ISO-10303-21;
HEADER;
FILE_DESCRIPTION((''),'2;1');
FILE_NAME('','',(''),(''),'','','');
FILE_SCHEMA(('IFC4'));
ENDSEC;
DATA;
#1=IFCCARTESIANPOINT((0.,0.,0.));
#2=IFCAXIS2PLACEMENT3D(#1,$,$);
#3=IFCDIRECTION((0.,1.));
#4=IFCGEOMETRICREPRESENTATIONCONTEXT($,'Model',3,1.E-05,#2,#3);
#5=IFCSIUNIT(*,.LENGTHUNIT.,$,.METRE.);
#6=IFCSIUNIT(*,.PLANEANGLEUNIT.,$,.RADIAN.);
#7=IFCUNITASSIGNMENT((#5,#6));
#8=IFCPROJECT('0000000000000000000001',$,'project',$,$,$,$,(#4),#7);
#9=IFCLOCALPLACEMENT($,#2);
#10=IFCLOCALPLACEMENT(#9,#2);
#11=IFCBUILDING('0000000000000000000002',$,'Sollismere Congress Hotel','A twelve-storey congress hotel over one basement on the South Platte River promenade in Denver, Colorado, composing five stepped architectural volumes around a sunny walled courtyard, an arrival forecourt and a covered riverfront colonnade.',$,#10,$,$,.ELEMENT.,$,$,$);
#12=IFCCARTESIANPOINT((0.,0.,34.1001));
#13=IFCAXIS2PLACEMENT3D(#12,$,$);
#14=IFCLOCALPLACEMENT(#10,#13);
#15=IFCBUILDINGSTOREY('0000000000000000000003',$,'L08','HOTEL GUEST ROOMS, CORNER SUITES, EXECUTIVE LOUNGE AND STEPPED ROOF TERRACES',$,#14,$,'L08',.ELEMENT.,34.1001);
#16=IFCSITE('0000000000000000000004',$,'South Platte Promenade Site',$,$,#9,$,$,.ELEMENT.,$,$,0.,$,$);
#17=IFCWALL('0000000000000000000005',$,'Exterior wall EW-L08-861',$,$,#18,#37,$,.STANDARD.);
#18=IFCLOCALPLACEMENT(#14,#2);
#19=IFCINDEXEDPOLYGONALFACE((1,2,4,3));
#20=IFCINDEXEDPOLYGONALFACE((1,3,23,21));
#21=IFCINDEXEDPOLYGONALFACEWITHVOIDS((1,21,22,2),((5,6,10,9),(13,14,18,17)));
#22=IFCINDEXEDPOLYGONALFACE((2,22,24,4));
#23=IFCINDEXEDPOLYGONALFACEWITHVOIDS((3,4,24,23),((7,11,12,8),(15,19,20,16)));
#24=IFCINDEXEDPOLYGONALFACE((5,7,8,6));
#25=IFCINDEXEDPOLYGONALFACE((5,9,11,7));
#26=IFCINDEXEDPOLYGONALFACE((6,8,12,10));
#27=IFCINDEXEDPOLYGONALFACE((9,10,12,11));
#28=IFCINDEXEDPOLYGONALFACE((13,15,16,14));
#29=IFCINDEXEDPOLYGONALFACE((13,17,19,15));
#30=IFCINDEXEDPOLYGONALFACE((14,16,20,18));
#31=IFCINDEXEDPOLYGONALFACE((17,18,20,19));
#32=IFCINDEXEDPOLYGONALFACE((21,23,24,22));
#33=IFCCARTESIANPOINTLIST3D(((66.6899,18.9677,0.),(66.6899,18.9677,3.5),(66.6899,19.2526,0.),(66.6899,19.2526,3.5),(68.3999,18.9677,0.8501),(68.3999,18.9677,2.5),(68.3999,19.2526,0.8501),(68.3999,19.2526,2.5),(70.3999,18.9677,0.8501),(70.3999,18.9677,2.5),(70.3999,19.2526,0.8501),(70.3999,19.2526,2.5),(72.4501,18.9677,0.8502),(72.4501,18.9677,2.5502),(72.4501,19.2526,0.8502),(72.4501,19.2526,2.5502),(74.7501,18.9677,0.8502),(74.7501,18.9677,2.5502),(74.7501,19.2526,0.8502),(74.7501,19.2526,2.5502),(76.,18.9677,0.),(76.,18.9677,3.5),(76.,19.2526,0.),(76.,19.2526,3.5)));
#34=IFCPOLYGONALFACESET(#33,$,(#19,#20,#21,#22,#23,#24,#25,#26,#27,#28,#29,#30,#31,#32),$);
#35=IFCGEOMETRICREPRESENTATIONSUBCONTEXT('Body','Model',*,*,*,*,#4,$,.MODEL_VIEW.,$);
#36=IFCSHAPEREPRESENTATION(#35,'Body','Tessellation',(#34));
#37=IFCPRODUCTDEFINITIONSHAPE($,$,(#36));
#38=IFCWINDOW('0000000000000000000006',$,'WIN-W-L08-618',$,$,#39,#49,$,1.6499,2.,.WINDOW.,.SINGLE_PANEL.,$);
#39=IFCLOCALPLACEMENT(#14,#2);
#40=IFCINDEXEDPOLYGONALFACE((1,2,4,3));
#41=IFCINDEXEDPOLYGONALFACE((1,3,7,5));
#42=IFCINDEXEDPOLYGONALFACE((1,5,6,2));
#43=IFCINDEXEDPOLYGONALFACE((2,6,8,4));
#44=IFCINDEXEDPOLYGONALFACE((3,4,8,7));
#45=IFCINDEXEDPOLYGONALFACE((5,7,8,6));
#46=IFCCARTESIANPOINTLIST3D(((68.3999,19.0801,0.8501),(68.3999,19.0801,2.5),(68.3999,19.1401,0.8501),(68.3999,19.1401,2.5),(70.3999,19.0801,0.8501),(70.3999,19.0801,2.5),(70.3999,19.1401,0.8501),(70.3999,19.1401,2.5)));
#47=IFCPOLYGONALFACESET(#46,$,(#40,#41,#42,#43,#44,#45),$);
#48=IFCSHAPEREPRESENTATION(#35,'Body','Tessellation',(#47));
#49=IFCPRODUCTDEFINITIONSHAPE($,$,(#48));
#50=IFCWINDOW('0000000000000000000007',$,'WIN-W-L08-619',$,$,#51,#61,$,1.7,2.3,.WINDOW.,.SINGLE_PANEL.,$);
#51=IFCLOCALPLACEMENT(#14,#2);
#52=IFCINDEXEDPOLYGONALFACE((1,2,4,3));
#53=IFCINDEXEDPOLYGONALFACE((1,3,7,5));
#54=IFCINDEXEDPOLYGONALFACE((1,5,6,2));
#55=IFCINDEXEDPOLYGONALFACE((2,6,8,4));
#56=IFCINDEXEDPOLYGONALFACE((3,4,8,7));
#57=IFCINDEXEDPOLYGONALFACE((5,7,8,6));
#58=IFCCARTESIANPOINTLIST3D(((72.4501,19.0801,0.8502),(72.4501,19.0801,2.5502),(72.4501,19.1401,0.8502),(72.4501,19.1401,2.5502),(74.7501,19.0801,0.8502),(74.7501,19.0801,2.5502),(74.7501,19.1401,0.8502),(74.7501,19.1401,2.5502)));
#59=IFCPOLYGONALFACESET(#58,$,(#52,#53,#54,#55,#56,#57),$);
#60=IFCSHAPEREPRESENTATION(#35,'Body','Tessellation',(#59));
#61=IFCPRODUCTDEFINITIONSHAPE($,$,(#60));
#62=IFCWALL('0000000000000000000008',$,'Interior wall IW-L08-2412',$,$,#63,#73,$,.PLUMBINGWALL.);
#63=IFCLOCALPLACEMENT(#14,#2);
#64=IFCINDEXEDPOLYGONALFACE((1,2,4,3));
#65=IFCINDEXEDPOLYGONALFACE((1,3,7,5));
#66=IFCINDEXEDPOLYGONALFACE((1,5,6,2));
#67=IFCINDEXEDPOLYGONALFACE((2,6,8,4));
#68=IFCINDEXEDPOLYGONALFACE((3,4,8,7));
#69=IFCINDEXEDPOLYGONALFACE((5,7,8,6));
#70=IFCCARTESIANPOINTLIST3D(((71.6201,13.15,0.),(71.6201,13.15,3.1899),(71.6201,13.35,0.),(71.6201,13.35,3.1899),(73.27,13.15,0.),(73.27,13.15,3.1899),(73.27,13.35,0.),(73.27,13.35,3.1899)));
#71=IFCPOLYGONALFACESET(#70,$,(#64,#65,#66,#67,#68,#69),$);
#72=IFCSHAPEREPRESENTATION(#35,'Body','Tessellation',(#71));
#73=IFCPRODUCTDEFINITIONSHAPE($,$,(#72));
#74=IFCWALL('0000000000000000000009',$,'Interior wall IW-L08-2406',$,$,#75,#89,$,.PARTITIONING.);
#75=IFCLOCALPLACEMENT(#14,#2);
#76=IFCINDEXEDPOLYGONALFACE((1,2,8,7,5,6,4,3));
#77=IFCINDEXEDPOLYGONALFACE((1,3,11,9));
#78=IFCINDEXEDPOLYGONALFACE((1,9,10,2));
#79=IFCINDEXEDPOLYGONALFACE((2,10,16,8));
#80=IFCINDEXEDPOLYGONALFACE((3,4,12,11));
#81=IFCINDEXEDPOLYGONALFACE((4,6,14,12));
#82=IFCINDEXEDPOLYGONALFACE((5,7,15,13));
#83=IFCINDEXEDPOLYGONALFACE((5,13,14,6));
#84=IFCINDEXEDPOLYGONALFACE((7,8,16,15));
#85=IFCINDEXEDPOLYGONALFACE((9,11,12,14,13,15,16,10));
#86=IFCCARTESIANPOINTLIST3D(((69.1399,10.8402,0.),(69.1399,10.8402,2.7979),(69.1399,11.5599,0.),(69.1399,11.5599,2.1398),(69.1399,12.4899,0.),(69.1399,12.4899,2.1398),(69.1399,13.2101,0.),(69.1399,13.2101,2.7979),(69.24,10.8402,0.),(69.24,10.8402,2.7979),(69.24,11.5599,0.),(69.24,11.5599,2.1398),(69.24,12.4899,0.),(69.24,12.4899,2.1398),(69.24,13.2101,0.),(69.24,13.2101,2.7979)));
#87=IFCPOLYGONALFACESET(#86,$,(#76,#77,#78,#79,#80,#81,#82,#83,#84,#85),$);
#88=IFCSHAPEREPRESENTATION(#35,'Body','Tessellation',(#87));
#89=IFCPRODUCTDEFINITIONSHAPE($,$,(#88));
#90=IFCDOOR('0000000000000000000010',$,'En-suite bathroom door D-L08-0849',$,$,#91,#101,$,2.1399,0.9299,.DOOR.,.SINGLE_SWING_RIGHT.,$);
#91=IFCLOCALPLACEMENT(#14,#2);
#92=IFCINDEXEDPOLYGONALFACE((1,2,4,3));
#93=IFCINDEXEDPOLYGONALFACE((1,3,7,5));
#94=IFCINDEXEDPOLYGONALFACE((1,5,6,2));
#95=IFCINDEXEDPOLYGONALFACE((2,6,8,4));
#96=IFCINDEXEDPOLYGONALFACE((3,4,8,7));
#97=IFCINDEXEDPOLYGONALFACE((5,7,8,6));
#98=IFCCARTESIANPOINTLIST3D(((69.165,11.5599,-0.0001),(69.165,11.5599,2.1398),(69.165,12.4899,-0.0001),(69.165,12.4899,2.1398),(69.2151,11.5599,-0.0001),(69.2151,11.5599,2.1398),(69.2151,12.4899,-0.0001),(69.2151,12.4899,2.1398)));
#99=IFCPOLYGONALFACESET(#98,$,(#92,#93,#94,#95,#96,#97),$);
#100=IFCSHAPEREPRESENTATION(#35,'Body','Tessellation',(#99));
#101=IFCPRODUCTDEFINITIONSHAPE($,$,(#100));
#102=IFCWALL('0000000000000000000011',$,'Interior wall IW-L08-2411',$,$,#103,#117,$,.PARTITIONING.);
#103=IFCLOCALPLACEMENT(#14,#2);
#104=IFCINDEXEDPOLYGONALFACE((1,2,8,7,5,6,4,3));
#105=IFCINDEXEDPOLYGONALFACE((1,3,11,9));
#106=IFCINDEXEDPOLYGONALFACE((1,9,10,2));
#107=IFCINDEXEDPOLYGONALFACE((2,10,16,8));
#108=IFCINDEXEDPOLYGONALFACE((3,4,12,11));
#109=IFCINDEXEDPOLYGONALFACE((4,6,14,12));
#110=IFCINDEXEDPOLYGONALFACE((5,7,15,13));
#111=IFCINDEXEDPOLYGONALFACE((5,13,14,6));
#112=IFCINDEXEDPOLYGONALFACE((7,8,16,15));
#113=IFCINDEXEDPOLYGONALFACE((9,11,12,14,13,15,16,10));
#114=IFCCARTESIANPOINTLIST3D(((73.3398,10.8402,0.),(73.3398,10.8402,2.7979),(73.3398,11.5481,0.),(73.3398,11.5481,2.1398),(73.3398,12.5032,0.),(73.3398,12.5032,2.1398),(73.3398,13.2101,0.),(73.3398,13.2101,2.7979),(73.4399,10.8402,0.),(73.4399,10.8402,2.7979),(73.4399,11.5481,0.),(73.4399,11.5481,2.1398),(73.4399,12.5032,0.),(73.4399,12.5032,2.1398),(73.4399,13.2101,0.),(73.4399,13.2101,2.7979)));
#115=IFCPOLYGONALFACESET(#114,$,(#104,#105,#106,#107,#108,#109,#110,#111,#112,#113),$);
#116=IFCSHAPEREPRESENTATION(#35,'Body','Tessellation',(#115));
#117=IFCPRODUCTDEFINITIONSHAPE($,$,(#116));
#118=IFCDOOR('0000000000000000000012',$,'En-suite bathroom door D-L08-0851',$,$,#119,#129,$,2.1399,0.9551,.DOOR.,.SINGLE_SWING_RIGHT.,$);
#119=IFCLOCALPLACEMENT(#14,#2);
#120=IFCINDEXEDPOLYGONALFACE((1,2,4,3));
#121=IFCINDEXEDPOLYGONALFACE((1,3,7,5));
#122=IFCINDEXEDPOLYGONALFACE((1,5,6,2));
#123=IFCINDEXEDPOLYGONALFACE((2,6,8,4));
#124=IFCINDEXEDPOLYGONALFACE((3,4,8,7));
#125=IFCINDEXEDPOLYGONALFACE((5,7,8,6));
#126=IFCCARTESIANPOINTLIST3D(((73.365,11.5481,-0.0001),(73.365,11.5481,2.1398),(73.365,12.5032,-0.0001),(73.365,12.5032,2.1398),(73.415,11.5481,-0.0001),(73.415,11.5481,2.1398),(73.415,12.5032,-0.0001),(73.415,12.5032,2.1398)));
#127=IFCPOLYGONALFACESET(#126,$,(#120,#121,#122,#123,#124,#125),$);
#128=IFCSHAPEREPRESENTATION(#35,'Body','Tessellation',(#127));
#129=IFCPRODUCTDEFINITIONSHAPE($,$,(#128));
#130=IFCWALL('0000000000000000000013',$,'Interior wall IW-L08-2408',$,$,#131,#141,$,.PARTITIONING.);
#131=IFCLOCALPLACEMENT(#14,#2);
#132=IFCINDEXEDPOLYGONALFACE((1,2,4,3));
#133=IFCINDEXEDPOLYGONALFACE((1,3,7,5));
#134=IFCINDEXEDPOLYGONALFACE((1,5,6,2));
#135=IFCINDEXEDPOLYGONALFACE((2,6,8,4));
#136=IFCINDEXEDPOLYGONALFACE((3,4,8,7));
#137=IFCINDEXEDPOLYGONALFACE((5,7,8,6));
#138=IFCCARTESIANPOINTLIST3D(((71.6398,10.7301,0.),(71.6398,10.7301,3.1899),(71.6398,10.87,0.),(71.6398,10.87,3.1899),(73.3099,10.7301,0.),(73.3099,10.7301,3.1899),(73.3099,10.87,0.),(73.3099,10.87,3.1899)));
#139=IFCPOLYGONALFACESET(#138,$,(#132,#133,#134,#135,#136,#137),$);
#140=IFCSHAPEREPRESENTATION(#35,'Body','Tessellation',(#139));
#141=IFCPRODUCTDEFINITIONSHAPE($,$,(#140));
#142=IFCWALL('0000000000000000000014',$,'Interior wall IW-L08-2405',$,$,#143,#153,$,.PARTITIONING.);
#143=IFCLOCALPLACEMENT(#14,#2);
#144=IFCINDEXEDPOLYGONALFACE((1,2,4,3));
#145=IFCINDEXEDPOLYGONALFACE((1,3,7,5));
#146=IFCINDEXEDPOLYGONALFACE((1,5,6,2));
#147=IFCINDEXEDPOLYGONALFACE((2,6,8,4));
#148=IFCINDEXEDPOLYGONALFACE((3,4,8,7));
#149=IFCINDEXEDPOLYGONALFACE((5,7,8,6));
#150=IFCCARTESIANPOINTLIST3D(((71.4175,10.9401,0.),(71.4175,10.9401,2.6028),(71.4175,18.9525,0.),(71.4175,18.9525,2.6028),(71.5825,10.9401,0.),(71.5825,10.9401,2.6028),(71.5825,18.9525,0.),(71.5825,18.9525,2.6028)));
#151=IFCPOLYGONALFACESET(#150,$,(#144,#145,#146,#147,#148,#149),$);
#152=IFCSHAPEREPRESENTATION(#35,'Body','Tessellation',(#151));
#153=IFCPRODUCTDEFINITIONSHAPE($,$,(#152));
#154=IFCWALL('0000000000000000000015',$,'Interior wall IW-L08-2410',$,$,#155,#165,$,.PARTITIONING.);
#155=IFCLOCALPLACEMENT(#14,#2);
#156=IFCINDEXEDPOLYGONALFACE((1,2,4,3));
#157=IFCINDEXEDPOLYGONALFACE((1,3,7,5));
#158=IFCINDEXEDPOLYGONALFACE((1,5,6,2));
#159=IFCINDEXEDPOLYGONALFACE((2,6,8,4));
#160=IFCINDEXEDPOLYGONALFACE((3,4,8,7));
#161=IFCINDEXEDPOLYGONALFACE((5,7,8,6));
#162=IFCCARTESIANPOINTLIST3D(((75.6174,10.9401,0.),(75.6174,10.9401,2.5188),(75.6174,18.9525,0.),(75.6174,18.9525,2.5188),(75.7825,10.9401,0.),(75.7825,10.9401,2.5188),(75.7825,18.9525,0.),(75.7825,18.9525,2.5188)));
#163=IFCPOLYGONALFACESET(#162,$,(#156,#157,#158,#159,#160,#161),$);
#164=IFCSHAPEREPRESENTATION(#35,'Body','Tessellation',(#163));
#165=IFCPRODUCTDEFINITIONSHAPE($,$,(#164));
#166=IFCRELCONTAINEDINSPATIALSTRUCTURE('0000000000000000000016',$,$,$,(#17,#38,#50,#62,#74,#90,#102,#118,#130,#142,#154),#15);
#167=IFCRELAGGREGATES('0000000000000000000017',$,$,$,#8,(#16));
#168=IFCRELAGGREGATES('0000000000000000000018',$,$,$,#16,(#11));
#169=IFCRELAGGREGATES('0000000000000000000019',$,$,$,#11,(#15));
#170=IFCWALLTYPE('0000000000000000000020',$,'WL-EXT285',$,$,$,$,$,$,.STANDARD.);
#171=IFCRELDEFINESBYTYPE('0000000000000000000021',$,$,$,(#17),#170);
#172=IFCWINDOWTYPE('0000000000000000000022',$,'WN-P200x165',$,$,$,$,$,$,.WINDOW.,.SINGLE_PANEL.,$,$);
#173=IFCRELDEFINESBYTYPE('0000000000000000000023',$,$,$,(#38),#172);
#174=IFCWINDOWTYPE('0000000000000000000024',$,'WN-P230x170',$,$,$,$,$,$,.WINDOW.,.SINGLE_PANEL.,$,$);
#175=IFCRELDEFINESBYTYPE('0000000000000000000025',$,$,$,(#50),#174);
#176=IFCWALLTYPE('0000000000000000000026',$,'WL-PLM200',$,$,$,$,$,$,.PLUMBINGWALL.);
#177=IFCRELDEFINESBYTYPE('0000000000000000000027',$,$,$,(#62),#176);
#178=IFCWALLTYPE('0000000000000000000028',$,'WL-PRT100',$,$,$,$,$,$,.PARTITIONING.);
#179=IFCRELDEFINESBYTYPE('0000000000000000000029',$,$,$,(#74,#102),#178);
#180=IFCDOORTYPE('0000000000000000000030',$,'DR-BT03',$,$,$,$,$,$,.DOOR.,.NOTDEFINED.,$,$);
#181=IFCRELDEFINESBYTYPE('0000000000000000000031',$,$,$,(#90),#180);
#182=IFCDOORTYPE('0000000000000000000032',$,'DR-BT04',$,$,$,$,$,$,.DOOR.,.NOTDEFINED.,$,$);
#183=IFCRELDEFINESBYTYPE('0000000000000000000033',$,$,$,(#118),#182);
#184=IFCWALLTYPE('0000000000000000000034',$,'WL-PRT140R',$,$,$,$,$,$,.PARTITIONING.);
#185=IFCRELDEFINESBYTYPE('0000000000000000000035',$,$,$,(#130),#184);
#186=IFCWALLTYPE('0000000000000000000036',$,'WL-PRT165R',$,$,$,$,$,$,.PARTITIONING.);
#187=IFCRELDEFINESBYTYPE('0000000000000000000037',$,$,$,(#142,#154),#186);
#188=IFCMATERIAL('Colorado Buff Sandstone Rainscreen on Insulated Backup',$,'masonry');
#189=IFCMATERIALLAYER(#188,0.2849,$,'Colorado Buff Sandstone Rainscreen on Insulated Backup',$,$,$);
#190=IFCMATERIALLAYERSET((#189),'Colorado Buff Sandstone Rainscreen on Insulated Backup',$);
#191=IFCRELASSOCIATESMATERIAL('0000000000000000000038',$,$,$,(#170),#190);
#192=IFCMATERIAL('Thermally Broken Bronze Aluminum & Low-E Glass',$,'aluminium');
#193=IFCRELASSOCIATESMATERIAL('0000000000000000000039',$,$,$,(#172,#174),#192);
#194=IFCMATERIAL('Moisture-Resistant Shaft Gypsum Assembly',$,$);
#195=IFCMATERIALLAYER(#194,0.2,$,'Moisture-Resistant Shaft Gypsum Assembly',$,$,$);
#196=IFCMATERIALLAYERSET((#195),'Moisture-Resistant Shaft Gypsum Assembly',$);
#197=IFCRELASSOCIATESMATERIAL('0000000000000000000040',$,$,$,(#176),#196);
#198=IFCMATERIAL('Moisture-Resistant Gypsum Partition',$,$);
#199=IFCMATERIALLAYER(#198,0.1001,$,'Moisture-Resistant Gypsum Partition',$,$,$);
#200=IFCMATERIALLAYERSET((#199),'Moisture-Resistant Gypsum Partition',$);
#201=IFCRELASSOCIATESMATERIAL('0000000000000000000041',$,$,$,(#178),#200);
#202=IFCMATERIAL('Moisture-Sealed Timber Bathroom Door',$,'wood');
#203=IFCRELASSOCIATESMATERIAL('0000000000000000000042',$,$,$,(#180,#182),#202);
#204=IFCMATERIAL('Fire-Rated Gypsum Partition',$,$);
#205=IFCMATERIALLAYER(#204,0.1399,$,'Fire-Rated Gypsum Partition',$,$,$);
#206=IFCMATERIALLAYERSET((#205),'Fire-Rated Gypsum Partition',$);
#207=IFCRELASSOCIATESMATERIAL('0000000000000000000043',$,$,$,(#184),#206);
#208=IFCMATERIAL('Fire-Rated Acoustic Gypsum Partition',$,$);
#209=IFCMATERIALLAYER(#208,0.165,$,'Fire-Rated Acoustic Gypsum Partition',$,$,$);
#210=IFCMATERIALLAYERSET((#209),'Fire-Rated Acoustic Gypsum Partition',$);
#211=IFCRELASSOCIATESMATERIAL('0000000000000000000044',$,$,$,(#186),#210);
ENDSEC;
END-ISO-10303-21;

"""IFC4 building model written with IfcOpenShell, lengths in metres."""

from ifc_helpers import new_model, si_unit, direction, frame, frame_2d, origin, place, context, subcontext, project, spatial, rectangle, extrude, material, layer, layer_set, type_object, element, fill, save


model = new_model("IFC4")

# Units and contexts
model_context = context("Model", 3, precision=1e-05, world=origin(), true_north=direction((0.0, 1.0)))
body_context = subcontext(model_context, "Body", "Model", "MODEL_VIEW")
ifc_project = project(units=[si_unit("LENGTHUNIT", "METRE"), si_unit("PLANEANGLEUNIT", "RADIAN")], contexts=[model_context])

# Site, building, storey
site_placement = place(None, origin())
site = spatial("IfcSite", under=ifc_project, at=site_placement, Name="South Platte Promenade Site", CompositionType="ELEMENT", RefElevation=0.0)
building_placement = place(site_placement, origin())
building = spatial("IfcBuilding", under=site, at=building_placement, Name="Sollismere Congress Hotel", Description="A twelve-storey congress hotel over one basement on the South Platte River promenade in Denver, Colorado, composing five stepped architectural volumes around a sunny walled courtyard, an arrival forecourt and a covered riverfront colonnade.", CompositionType="ELEMENT")
storey_placement = place(building_placement, frame((0.0, 0.0, 34.1001)))
storey = spatial("IfcBuildingStorey", under=building, at=storey_placement, Name="L08", Description="HOTEL GUEST ROOMS, CORNER SUITES, EXECUTIVE LOUNGE AND STEPPED ROOF TERRACES", LongName="L08", CompositionType="ELEMENT", Elevation=34.1001)

# Wall, openings, windows
ifc_material_1 = material(Name="Colorado Buff Sandstone Rainscreen on Insulated Backup", Category="masonry")
ifc_layer_1 = layer(ifc_material_1, 0.2849, Name="Colorado Buff Sandstone Rainscreen on Insulated Backup")
ifc_layer_set_1 = layer_set([ifc_layer_1], Name="Colorado Buff Sandstone Rainscreen on Insulated Backup")
wall_type_1 = type_object("IfcWallType", Name="WL-EXT285", PredefinedType="STANDARD", material=ifc_layer_set_1)
wall_1_placement = place(storey_placement, frame((76.0, 19.1101, 0.0), z_axis=(0.0, 0.0, 1.0), x_axis=(-1.0, 0.0, 0.0)))
wall_1 = element("IfcWall", 1, at=wall_1_placement, inside=storey, type_object=wall_type_1, Name="Exterior wall EW-L08-861", PredefinedType="STANDARD", context=body_context, shape_type="SweptSolid", body=[
    extrude(rectangle(XDim=9.3101, YDim=0.2849, at=frame_2d((4.655, 0.0))), origin(), (0.0, 0.0, 1.0), 3.5),
])
opening_1_placement = place(wall_1_placement, frame((5.6001, 0.0, 0.8501)))
opening_1 = element("IfcOpeningElement", 2, at=opening_1_placement, cuts=wall_1, PredefinedType="OPENING", context=body_context, shape_type="SweptSolid", body=[
    extrude(rectangle(XDim=2.0, YDim=1.6499, at=frame_2d((1.0, 0.825))), frame((0.0, 0.1523, 0.0), z_axis=(0.0, -1.0, 0.0), x_axis=(1.0, 0.0, 0.0)), (0.0, 0.0, 1.0), 0.3049),
])
opening_2_placement = place(wall_1_placement, frame((1.25, 0.0, 0.8501)))
opening_2 = element("IfcOpeningElement", 3, at=opening_2_placement, cuts=wall_1, PredefinedType="OPENING", context=body_context, shape_type="SweptSolid", body=[
    extrude(rectangle(XDim=2.3, YDim=1.7, at=frame_2d((1.1499, 0.8501))), frame((0.0, 0.1523, 0.0), z_axis=(0.0, -1.0, 0.0), x_axis=(1.0, 0.0, 0.0)), (0.0, 0.0, 1.0), 0.3049),
])
ifc_material_2 = material(Name="Thermally Broken Bronze Aluminum & Low-E Glass", Category="aluminium")
window_type_1 = type_object("IfcWindowType", Name="WN-P200x165", PartitioningType="SINGLE_PANEL", PredefinedType="WINDOW", material=ifc_material_2)
window_1_placement = place(opening_1_placement, origin())
window_1 = element("IfcWindow", 4, at=window_1_placement, inside=storey, type_object=window_type_1, Name="WIN-W-L08-618", OverallHeight=1.6499, OverallWidth=2.0, PartitioningType="SINGLE_PANEL", PredefinedType="WINDOW", context=body_context, shape_type="SweptSolid", body=[
    extrude(rectangle(XDim=2.0, YDim=1.6499, at=frame_2d((1.0, 0.825))), frame((0.0, 0.03, 0.0), z_axis=(0.0, -1.0, 0.0), x_axis=(1.0, 0.0, 0.0)), (0.0, 0.0, 1.0), 0.0601),
])
fill(opening_1, window_1)
window_type_2 = type_object("IfcWindowType", Name="WN-P230x170", PartitioningType="SINGLE_PANEL", PredefinedType="WINDOW", material=ifc_material_2)
window_2_placement = place(opening_2_placement, origin())
window_2 = element("IfcWindow", 5, at=window_2_placement, inside=storey, type_object=window_type_2, Name="WIN-W-L08-619", OverallHeight=1.7, OverallWidth=2.3, PartitioningType="SINGLE_PANEL", PredefinedType="WINDOW", context=body_context, shape_type="SweptSolid", body=[
    extrude(rectangle(XDim=2.3, YDim=1.7, at=frame_2d((1.1499, 0.8501))), frame((0.0, 0.03, 0.0), z_axis=(0.0, -1.0, 0.0), x_axis=(1.0, 0.0, 0.0)), (0.0, 0.0, 1.0), 0.0601),
])
fill(opening_2, window_2)

# Wall
ifc_material_3 = material(Name="Moisture-Resistant Shaft Gypsum Assembly")
ifc_layer_2 = layer(ifc_material_3, 0.2, Name="Moisture-Resistant Shaft Gypsum Assembly")
ifc_layer_set_2 = layer_set([ifc_layer_2], Name="Moisture-Resistant Shaft Gypsum Assembly")
wall_type_2 = type_object("IfcWallType", Name="WL-PLM200", PredefinedType="PLUMBINGWALL", material=ifc_layer_set_2)
wall_2_placement = place(storey_placement, frame((71.6201, 13.25, 0.0), z_axis=(0.0, 0.0, 1.0), x_axis=(1.0, 0.0, 0.0)))
element("IfcWall", 6, at=wall_2_placement, inside=storey, type_object=wall_type_2, Name="Interior wall IW-L08-2412", PredefinedType="PLUMBINGWALL", context=body_context, shape_type="SweptSolid", body=[
    extrude(rectangle(XDim=1.6499, YDim=0.2, at=frame_2d((0.825, 0.0))), origin(), (0.0, 0.0, 1.0), 3.1899),
])

# Walls, openings, doors
ifc_material_4 = material(Name="Moisture-Resistant Gypsum Partition")
ifc_layer_3 = layer(ifc_material_4, 0.1001, Name="Moisture-Resistant Gypsum Partition")
ifc_layer_set_3 = layer_set([ifc_layer_3], Name="Moisture-Resistant Gypsum Partition")
wall_type_3 = type_object("IfcWallType", Name="WL-PRT100", PredefinedType="PARTITIONING", material=ifc_layer_set_3)
wall_3_placement = place(storey_placement, frame((69.1899, 10.8401, 0.0), z_axis=(0.0, 0.0, 1.0), x_axis=(0.0, 1.0, 0.0)))
wall_3 = element("IfcWall", 7, at=wall_3_placement, inside=storey, type_object=wall_type_3, Name="Interior wall IW-L08-2406", PredefinedType="PARTITIONING", context=body_context, shape_type="SweptSolid", body=[
    extrude(rectangle(XDim=2.3699, YDim=0.1001, at=frame_2d((1.1851, 0.0))), origin(), (0.0, 0.0, 1.0), 2.7979),
])
opening_3_placement = place(wall_3_placement, frame((0.72, 0.0, 0.0)))
opening_3 = element("IfcOpeningElement", 8, at=opening_3_placement, cuts=wall_3, PredefinedType="OPENING", context=body_context, shape_type="SweptSolid", body=[
    extrude(rectangle(XDim=0.9299, YDim=2.1399, at=frame_2d((0.4648, 1.0698))), frame((0.0, 0.0601, 0.0), z_axis=(0.0, -1.0, 0.0), x_axis=(1.0, 0.0, 0.0)), (0.0, 0.0, 1.0), 0.1201),
])
ifc_material_5 = material(Name="Moisture-Sealed Timber Bathroom Door", Category="wood")
door_type_1 = type_object("IfcDoorType", Name="DR-BT03", OperationType="NOTDEFINED", PredefinedType="DOOR", material=ifc_material_5)
door_1_placement = place(opening_3_placement, origin())
door_1 = element("IfcDoor", 9, at=door_1_placement, inside=storey, type_object=door_type_1, Name="En-suite bathroom door D-L08-0849", OperationType="SINGLE_SWING_RIGHT", OverallHeight=2.1399, OverallWidth=0.9299, PredefinedType="DOOR", context=body_context, shape_type="SweptSolid", body=[
    extrude(rectangle(XDim=0.9299, YDim=2.1399, at=frame_2d((0.4648, 1.0698))), frame((0.0, 0.0249, 0.0), z_axis=(0.0, -1.0, 0.0), x_axis=(1.0, 0.0, 0.0)), (0.0, 0.0, 1.0), 0.05),
])
fill(opening_3, door_1)
wall_4_placement = place(storey_placement, frame((73.3899, 10.8401, 0.0), z_axis=(0.0, 0.0, 1.0), x_axis=(0.0, 1.0, 0.0)))
wall_4 = element("IfcWall", 10, at=wall_4_placement, inside=storey, type_object=wall_type_3, Name="Interior wall IW-L08-2411", PredefinedType="PARTITIONING", context=body_context, shape_type="SweptSolid", body=[
    extrude(rectangle(XDim=2.3699, YDim=0.1001, at=frame_2d((1.1851, 0.0))), origin(), (0.0, 0.0, 1.0), 2.7979),
])
opening_4_placement = place(wall_4_placement, frame((0.708, 0.0, 0.0)))
opening_4 = element("IfcOpeningElement", 11, at=opening_4_placement, cuts=wall_4, PredefinedType="OPENING", context=body_context, shape_type="SweptSolid", body=[
    extrude(rectangle(XDim=0.9551, YDim=2.1399, at=frame_2d((0.4775, 1.0698))), frame((0.0, 0.0601, 0.0), z_axis=(0.0, -1.0, 0.0), x_axis=(1.0, 0.0, 0.0)), (0.0, 0.0, 1.0), 0.1201),
])
door_type_2 = type_object("IfcDoorType", Name="DR-BT04", OperationType="NOTDEFINED", PredefinedType="DOOR", material=ifc_material_5)
door_2_placement = place(opening_4_placement, origin())
door_2 = element("IfcDoor", 12, at=door_2_placement, inside=storey, type_object=door_type_2, Name="En-suite bathroom door D-L08-0851", OperationType="SINGLE_SWING_RIGHT", OverallHeight=2.1399, OverallWidth=0.9551, PredefinedType="DOOR", context=body_context, shape_type="SweptSolid", body=[
    extrude(rectangle(XDim=0.9551, YDim=2.1399, at=frame_2d((0.4775, 1.0698))), frame((0.0, 0.0249, 0.0), z_axis=(0.0, -1.0, 0.0), x_axis=(1.0, 0.0, 0.0)), (0.0, 0.0, 1.0), 0.05),
])
fill(opening_4, door_2)
ifc_material_6 = material(Name="Fire-Rated Gypsum Partition")
ifc_layer_4 = layer(ifc_material_6, 0.1399, Name="Fire-Rated Gypsum Partition")
ifc_layer_set_4 = layer_set([ifc_layer_4], Name="Fire-Rated Gypsum Partition")
wall_type_4 = type_object("IfcWallType", Name="WL-PRT140R", PredefinedType="PARTITIONING", material=ifc_layer_set_4)

# Wall
wall_5_placement = place(storey_placement, frame((71.6399, 10.8, 0.0), z_axis=(0.0, 0.0, 1.0), x_axis=(1.0, 0.0, 0.0)))
element("IfcWall", 13, at=wall_5_placement, inside=storey, type_object=wall_type_4, Name="Interior wall IW-L08-2408", PredefinedType="PARTITIONING", context=body_context, shape_type="SweptSolid", body=[
    extrude(rectangle(XDim=1.6702, YDim=0.1399, at=frame_2d((0.835, 0.0))), origin(), (0.0, 0.0, 1.0), 3.1899),
])

# Walls
ifc_material_7 = material(Name="Fire-Rated Acoustic Gypsum Partition")
ifc_layer_5 = layer(ifc_material_7, 0.165, Name="Fire-Rated Acoustic Gypsum Partition")
ifc_layer_set_5 = layer_set([ifc_layer_5], Name="Fire-Rated Acoustic Gypsum Partition")
wall_type_5 = type_object("IfcWallType", Name="WL-PRT165R", PredefinedType="PARTITIONING", material=ifc_layer_set_5)
wall_6_placement = place(storey_placement, frame((71.5, 10.9399, 0.0), z_axis=(0.0, 0.0, 1.0), x_axis=(0.0, 1.0, 0.0)))
element("IfcWall", 14, at=wall_6_placement, inside=storey, type_object=wall_type_5, Name="Interior wall IW-L08-2405", PredefinedType="PARTITIONING", context=body_context, shape_type="SweptSolid", body=[
    extrude(rectangle(XDim=8.0125, YDim=0.165, at=frame_2d((4.0063, 0.0))), origin(), (0.0, 0.0, 1.0), 2.6028),
])
wall_7_placement = place(storey_placement, frame((75.7, 10.9399, 0.0), z_axis=(0.0, 0.0, 1.0), x_axis=(0.0, 1.0, 0.0)))
element("IfcWall", 15, at=wall_7_placement, inside=storey, type_object=wall_type_5, Name="Interior wall IW-L08-2410", PredefinedType="PARTITIONING", context=body_context, shape_type="SweptSolid", body=[
    extrude(rectangle(XDim=8.0125, YDim=0.165, at=frame_2d((4.0063, 0.0))), origin(), (0.0, 0.0, 1.0), 2.5188),
])

save(model, "model.ifc")
